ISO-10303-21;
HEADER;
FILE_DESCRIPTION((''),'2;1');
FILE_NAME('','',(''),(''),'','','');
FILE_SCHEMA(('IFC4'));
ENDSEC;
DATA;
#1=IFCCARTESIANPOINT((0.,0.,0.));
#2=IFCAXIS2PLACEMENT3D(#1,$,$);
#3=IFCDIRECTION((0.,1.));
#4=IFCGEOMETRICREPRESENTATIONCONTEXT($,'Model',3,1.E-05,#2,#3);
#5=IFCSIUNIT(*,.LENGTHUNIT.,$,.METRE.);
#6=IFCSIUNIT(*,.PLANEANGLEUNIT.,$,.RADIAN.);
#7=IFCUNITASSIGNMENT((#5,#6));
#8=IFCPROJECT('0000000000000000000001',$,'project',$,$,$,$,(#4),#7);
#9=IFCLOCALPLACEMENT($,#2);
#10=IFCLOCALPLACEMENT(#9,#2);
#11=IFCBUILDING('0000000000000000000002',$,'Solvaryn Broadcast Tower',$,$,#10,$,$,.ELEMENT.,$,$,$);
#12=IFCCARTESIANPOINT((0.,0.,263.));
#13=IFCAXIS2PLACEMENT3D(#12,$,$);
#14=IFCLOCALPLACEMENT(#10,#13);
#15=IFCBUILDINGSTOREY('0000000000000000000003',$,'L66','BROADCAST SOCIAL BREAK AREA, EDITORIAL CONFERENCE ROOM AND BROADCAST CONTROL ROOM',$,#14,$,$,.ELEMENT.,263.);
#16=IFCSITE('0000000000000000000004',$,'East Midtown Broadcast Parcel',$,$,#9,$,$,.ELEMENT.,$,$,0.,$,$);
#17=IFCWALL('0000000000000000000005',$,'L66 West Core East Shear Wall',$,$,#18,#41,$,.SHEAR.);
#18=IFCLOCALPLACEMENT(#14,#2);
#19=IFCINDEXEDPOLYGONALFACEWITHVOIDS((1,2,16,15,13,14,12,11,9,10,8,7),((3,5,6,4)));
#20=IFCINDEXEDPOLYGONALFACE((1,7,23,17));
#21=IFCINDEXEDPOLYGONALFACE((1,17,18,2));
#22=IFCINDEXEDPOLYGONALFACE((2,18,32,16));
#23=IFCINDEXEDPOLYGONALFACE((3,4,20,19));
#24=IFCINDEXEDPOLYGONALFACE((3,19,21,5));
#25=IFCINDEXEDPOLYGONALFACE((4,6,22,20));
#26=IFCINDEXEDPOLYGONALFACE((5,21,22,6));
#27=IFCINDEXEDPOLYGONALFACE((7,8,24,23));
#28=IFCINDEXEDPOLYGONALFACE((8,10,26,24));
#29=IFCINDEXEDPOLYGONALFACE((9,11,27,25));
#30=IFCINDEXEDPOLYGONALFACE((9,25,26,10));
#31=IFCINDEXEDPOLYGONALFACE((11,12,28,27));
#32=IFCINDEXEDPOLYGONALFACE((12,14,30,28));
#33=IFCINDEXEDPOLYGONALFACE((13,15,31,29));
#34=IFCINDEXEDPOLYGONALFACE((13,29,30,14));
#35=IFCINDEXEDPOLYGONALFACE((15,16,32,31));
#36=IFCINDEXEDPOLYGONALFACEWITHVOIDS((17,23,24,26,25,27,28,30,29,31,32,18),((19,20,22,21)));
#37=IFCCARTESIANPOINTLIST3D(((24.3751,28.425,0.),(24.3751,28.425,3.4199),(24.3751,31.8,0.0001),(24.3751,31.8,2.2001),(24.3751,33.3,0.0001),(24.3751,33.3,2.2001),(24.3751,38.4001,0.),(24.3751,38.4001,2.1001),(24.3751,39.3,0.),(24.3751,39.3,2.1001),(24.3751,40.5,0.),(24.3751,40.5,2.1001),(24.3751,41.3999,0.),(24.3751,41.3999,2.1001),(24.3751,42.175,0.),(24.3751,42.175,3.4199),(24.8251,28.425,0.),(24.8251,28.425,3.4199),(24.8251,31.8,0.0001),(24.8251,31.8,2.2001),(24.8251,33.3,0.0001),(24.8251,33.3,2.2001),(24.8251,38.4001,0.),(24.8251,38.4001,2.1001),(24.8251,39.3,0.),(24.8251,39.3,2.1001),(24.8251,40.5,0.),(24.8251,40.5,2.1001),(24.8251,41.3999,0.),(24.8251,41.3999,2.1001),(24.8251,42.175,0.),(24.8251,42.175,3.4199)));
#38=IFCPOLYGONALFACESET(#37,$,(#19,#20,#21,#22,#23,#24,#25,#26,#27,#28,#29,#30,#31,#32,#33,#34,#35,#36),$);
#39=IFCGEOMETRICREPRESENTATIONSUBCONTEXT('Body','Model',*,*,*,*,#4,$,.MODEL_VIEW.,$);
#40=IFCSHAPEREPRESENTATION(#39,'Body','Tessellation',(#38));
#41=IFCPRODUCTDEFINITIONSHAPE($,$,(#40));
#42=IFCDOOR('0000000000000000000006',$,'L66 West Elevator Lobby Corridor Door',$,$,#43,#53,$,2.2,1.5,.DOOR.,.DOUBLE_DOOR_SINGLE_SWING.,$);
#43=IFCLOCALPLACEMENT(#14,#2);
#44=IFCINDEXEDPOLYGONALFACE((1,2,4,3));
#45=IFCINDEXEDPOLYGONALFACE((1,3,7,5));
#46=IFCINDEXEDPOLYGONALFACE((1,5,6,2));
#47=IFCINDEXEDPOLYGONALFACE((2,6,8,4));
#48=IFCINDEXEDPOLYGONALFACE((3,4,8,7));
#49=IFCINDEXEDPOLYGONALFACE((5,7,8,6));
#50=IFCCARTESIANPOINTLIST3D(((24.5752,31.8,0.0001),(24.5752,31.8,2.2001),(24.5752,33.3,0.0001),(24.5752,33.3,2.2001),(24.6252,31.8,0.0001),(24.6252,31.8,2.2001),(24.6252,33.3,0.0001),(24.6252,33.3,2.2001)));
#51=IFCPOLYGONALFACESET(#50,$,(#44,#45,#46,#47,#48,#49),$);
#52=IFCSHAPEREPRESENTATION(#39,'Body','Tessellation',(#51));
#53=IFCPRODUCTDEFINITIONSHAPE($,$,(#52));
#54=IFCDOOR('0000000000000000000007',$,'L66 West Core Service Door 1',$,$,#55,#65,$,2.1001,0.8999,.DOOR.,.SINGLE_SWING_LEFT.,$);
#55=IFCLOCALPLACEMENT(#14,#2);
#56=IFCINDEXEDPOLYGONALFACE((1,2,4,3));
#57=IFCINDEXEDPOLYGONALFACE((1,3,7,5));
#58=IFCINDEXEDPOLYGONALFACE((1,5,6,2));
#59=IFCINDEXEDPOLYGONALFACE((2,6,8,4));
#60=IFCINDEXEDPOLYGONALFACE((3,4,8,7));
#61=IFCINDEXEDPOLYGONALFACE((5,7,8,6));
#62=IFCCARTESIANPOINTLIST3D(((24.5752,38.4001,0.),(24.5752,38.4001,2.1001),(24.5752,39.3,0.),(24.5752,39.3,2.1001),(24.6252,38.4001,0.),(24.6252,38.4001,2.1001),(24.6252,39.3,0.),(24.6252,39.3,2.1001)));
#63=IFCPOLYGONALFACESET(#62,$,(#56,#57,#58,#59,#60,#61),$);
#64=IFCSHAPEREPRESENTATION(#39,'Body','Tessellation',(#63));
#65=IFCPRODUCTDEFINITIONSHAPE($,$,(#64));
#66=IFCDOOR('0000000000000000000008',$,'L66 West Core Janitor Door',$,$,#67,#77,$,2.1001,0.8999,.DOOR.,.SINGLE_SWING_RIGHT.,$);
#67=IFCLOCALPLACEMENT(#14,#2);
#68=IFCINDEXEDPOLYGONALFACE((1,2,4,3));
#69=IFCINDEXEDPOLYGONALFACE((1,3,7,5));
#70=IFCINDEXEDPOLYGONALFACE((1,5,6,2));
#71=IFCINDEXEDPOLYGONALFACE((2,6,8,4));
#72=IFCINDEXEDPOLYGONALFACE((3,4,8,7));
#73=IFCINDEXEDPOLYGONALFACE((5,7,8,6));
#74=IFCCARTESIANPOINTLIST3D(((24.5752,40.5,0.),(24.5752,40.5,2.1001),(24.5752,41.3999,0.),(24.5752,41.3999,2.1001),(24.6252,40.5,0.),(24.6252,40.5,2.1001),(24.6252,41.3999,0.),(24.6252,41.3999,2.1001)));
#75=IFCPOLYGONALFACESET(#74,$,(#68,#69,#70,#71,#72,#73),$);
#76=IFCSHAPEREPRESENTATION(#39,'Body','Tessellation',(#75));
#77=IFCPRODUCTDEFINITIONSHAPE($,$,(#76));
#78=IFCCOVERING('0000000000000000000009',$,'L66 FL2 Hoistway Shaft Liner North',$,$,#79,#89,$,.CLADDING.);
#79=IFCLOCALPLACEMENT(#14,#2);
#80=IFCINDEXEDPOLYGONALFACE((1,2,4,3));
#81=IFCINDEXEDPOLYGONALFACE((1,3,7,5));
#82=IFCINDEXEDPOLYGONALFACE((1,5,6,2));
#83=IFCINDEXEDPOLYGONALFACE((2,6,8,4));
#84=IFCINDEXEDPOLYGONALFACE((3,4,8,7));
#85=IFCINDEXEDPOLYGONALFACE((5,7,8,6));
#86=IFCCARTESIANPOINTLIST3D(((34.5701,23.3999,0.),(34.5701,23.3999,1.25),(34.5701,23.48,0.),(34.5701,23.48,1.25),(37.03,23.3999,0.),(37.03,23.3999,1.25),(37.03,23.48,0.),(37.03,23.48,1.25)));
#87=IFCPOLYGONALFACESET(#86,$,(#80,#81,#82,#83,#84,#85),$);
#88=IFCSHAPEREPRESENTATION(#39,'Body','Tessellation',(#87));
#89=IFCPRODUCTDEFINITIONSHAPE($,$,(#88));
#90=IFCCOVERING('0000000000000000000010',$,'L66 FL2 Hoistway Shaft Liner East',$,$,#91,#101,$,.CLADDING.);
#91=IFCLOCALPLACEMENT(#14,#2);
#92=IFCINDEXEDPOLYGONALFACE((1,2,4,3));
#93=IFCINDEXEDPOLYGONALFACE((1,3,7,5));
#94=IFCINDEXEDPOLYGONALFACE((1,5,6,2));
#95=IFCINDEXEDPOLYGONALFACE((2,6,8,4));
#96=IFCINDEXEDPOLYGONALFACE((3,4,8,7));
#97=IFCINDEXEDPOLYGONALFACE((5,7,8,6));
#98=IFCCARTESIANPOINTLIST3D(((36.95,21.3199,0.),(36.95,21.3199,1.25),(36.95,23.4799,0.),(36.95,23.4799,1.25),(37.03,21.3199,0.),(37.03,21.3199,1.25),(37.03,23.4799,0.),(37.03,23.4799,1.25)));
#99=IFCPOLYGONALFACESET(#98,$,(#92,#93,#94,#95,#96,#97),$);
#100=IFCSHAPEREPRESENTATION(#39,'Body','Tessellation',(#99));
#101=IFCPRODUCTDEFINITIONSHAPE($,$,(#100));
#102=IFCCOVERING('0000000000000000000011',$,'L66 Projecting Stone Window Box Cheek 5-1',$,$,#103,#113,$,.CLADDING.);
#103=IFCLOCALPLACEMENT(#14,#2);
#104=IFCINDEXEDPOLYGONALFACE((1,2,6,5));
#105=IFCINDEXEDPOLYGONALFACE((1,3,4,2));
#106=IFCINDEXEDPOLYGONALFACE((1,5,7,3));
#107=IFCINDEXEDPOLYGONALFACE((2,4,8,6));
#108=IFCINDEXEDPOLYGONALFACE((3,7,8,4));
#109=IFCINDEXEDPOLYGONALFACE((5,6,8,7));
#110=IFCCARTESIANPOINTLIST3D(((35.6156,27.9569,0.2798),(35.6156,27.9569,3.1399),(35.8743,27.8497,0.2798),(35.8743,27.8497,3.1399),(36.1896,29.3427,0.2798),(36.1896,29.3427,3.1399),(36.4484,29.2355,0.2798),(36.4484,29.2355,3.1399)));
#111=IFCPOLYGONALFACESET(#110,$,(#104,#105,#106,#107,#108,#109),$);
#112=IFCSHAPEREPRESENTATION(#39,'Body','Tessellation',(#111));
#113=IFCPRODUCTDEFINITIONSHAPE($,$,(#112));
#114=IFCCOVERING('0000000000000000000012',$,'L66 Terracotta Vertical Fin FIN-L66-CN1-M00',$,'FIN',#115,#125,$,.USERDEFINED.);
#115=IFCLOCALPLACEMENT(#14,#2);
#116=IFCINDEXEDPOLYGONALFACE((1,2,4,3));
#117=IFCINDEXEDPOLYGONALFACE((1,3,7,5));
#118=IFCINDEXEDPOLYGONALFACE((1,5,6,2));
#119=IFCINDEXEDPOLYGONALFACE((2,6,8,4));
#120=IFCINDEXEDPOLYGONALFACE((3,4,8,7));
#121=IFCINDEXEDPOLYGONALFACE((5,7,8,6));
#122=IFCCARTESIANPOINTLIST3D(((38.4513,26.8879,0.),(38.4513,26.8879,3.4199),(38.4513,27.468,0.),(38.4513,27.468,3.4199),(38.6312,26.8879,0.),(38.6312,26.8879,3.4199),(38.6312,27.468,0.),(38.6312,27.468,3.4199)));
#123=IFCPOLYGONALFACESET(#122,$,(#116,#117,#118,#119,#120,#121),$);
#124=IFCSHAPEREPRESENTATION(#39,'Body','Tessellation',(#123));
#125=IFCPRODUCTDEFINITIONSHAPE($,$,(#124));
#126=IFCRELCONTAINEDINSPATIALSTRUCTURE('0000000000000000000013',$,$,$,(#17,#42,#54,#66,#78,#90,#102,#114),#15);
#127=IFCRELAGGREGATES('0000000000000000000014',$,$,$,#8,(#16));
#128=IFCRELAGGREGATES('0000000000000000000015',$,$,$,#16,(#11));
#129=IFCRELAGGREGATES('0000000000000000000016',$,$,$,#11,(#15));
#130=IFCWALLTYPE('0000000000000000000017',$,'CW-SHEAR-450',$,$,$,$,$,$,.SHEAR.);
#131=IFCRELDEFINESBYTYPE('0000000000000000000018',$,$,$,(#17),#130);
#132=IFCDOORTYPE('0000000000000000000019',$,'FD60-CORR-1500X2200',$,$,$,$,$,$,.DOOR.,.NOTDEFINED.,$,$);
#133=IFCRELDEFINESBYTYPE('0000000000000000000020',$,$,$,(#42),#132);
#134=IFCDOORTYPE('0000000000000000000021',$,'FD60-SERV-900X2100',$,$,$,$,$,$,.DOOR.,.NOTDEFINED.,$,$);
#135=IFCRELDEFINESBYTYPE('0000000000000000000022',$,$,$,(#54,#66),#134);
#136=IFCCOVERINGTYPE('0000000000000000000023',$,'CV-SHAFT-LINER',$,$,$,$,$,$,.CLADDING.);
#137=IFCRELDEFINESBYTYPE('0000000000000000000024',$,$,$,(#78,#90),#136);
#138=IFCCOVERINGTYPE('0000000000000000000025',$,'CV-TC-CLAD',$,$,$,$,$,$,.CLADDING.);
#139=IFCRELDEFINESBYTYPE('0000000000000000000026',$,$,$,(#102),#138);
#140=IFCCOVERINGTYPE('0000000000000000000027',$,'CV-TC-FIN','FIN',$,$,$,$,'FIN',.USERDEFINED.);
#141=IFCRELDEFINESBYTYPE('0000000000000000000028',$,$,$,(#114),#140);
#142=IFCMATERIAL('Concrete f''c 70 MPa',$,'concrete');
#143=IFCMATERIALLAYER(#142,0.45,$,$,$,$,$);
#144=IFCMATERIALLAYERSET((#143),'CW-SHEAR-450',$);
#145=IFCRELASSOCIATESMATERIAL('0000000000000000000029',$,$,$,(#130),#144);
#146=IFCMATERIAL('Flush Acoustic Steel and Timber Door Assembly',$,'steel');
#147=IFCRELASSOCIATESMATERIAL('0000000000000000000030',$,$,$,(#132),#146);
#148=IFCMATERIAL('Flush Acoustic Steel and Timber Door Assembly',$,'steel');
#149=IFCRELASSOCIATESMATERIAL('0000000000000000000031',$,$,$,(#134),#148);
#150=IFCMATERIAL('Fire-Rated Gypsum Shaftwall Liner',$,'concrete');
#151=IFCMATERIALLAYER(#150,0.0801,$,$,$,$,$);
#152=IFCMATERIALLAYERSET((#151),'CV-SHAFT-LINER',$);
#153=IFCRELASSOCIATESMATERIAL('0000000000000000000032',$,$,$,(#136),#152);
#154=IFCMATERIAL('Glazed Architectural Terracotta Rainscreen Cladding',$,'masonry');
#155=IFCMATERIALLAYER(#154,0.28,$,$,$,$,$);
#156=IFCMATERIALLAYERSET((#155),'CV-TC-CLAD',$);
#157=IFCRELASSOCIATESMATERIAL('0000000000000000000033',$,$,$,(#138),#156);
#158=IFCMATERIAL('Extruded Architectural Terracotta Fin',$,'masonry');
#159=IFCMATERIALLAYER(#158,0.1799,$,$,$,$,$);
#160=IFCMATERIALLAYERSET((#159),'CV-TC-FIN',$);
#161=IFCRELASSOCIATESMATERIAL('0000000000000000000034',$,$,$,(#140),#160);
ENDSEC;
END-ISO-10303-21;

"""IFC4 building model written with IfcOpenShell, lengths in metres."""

from ifc_helpers import new_model, si_unit, direction, frame, frame_2d, origin, origin_2d, place, context, subcontext, project, spatial, rectangle, extrude, material, layer, layer_set, type_object, element, fill, save


model = new_model("IFC4")

# Units and contexts
model_context = context("Model", 3, precision=1e-05, world=origin(), true_north=direction((0.0, 1.0)))
body_context = subcontext(model_context, "Body", "Model", "MODEL_VIEW")
ifc_project = project(units=[si_unit("LENGTHUNIT", "METRE"), si_unit("PLANEANGLEUNIT", "RADIAN")], contexts=[model_context])

# Site, building, storey
site_placement = place(None, origin())
site = spatial("IfcSite", under=ifc_project, at=site_placement, Name="East Midtown Broadcast Parcel", CompositionType="ELEMENT", RefElevation=0.0)
building_placement = place(site_placement, origin())
building = spatial("IfcBuilding", under=site, at=building_placement, Name="Solvaryn Broadcast Tower", CompositionType="ELEMENT")
storey_placement = place(building_placement, frame((0.0, 0.0, 263.0)))
storey = spatial("IfcBuildingStorey", under=building, at=storey_placement, Name="L66", Description="BROADCAST SOCIAL BREAK AREA, EDITORIAL CONFERENCE ROOM AND BROADCAST CONTROL ROOM", CompositionType="ELEMENT", Elevation=263.0)

# Wall, openings, doors
ifc_material_1 = material(Name="Concrete f'c 70 MPa", Category="concrete")
ifc_layer_1 = layer(ifc_material_1, 0.45)
ifc_layer_set_1 = layer_set([ifc_layer_1], Name="CW-SHEAR-450")
wall_type = type_object("IfcWallType", Name="CW-SHEAR-450", PredefinedType="SHEAR", material=ifc_layer_set_1)
wall_1_placement = place(storey_placement, frame((24.6001, 28.425, 0.0), z_axis=(0.0, 0.0, 1.0), x_axis=(0.0, 1.0, 0.0)))
wall_1 = element("IfcWall", 1, at=wall_1_placement, inside=storey, type_object=wall_type, Name="L66 West Core East Shear Wall", PredefinedType="SHEAR", context=body_context, shape_type="SweptSolid", body=[
    extrude(rectangle(XDim=13.75, YDim=0.45, at=frame_2d((6.875, 0.0))), origin(), (0.0, 0.0, 1.0), 3.4199),
])
opening_1_placement = place(wall_1_placement, frame((3.375, 0.0, 0.0)))
opening_1 = element("IfcOpeningElement", 2, at=opening_1_placement, cuts=wall_1, PredefinedType="OPENING", context=body_context, shape_type="SweptSolid", body=[
    extrude(rectangle(XDim=1.5, YDim=2.2, at=frame_2d((0.75, 1.1001))), frame((0.0, 0.2351, 0.0), z_axis=(0.0, -1.0, 0.0), x_axis=(1.0, 0.0, 0.0)), (0.0, 0.0, 1.0), 0.47),
])
opening_2_placement = place(wall_1_placement, frame((9.9751, 0.0, 0.0)))
opening_2 = element("IfcOpeningElement", 3, at=opening_2_placement, cuts=wall_1, PredefinedType="OPENING", context=body_context, shape_type="SweptSolid", body=[
    extrude(rectangle(XDim=0.8999, YDim=2.1001, at=frame_2d((0.45, 1.05))), frame((0.0, 0.2351, 0.0), z_axis=(0.0, -1.0, 0.0), x_axis=(1.0, 0.0, 0.0)), (0.0, 0.0, 1.0), 0.47),
])
opening_3_placement = place(wall_1_placement, frame((12.075, 0.0, 0.0)))
opening_3 = element("IfcOpeningElement", 4, at=opening_3_placement, cuts=wall_1, PredefinedType="OPENING", context=body_context, shape_type="SweptSolid", body=[
    extrude(rectangle(XDim=0.8999, YDim=2.1001, at=frame_2d((0.45, 1.05))), frame((0.0, 0.2351, 0.0), z_axis=(0.0, -1.0, 0.0), x_axis=(1.0, 0.0, 0.0)), (0.0, 0.0, 1.0), 0.47),
])
ifc_material_2 = material(Name="Flush Acoustic Steel and Timber Door Assembly", Category="steel")
door_type_1 = type_object("IfcDoorType", Name="FD60-CORR-1500X2200", OperationType="NOTDEFINED", PredefinedType="DOOR", material=ifc_material_2)
door_1_placement = place(opening_1_placement, origin())
door_1 = element("IfcDoor", 5, at=door_1_placement, inside=storey, type_object=door_type_1, Name="L66 West Elevator Lobby Corridor Door", OperationType="DOUBLE_DOOR_SINGLE_SWING", OverallHeight=2.2, OverallWidth=1.5, PredefinedType="DOOR", context=body_context, shape_type="SweptSolid", body=[
    extrude(rectangle(XDim=1.5, YDim=2.2, at=frame_2d((0.75, 1.1001))), frame((0.0, 0.0249, 0.0), z_axis=(0.0, -1.0, 0.0), x_axis=(1.0, 0.0, 0.0)), (0.0, 0.0, 1.0), 0.05),
])
fill(opening_1, door_1)
ifc_material_3 = material(Name="Flush Acoustic Steel and Timber Door Assembly", Category="steel")
door_type_2 = type_object("IfcDoorType", Name="FD60-SERV-900X2100", OperationType="NOTDEFINED", PredefinedType="DOOR", material=ifc_material_3)
door_2_placement = place(opening_2_placement, origin())
door_2 = element("IfcDoor", 6, at=door_2_placement, inside=storey, type_object=door_type_2, Name="L66 West Core Service Door 1", OperationType="SINGLE_SWING_LEFT", OverallHeight=2.1001, OverallWidth=0.8999, PredefinedType="DOOR", context=body_context, shape_type="SweptSolid", body=[
    extrude(rectangle(XDim=0.8999, YDim=2.1001, at=frame_2d((0.45, 1.05))), frame((0.0, 0.0249, 0.0), z_axis=(0.0, -1.0, 0.0), x_axis=(1.0, 0.0, 0.0)), (0.0, 0.0, 1.0), 0.05),
])
fill(opening_2, door_2)
door_3_placement = place(opening_3_placement, origin())
door_3 = element("IfcDoor", 7, at=door_3_placement, inside=storey, type_object=door_type_2, Name="L66 West Core Janitor Door", OperationType="SINGLE_SWING_RIGHT", OverallHeight=2.1001, OverallWidth=0.8999, PredefinedType="DOOR", context=body_context, shape_type="SweptSolid", body=[
    extrude(rectangle(XDim=0.8999, YDim=2.1001, at=frame_2d((0.45, 1.05))), frame((0.0, 0.0249, 0.0), z_axis=(0.0, -1.0, 0.0), x_axis=(1.0, 0.0, 0.0)), (0.0, 0.0, 1.0), 0.05),
])
fill(opening_3, door_3)

# Coverings
ifc_material_4 = material(Name="Fire-Rated Gypsum Shaftwall Liner", Category="concrete")
ifc_layer_2 = layer(ifc_material_4, 0.0801)
ifc_layer_set_2 = layer_set([ifc_layer_2], Name="CV-SHAFT-LINER")
covering_type_1 = type_object("IfcCoveringType", Name="CV-SHAFT-LINER", PredefinedType="CLADDING", material=ifc_layer_set_2)
covering_1_placement = place(storey_placement, frame((35.8, 23.4399, 0.0), z_axis=(0.0, 0.0, 1.0), x_axis=(1.0, 0.0, 0.0)))
element("IfcCovering", 8, at=covering_1_placement, inside=storey, type_object=covering_type_1, Name="L66 FL2 Hoistway Shaft Liner North", PredefinedType="CLADDING", context=body_context, shape_type="SweptSolid", body=[
    extrude(rectangle(XDim=2.46, YDim=0.0801, at=origin_2d()), origin(), (0.0, 0.0, 1.0), 1.25),
])
covering_2_placement = place(storey_placement, frame((36.99, 22.3999, 0.0), z_axis=(0.0, 0.0, 1.0), x_axis=(1.0, 0.0, 0.0)))
element("IfcCovering", 9, at=covering_2_placement, inside=storey, type_object=covering_type_1, Name="L66 FL2 Hoistway Shaft Liner East", PredefinedType="CLADDING", context=body_context, shape_type="SweptSolid", body=[
    extrude(rectangle(XDim=0.0801, YDim=2.1599, at=origin_2d()), origin(), (0.0, 0.0, 1.0), 1.25),
])
ifc_material_5 = material(Name="Glazed Architectural Terracotta Rainscreen Cladding", Category="masonry")
ifc_layer_3 = layer(ifc_material_5, 0.28)
ifc_layer_set_3 = layer_set([ifc_layer_3], Name="CV-TC-CLAD")
covering_type_2 = type_object("IfcCoveringType", Name="CV-TC-CLAD", PredefinedType="CLADDING", material=ifc_layer_set_3)
covering_3_placement = place(storey_placement, frame((36.032, 28.5962, 0.2798), z_axis=(0.0, 0.0, 1.0), x_axis=(-0.92388, 0.382683, 0.0)))
element("IfcCovering", 10, at=covering_3_placement, inside=storey, type_object=covering_type_2, Name="L66 Projecting Stone Window Box Cheek 5-1", PredefinedType="CLADDING", context=body_context, shape_type="SweptSolid", body=[
    extrude(rectangle(XDim=0.28, YDim=1.5, at=origin_2d()), origin(), (0.0, 0.0, 1.0), 2.8601),
])
ifc_material_6 = material(Name="Extruded Architectural Terracotta Fin", Category="masonry")
ifc_layer_4 = layer(ifc_material_6, 0.1799)
ifc_layer_set_4 = layer_set([ifc_layer_4], Name="CV-TC-FIN")
covering_type_3 = type_object("IfcCoveringType", Name="CV-TC-FIN", Description="FIN", ElementType="FIN", PredefinedType="USERDEFINED", material=ifc_layer_set_4)
covering_4_placement = place(storey_placement, frame((38.5413, 27.178, 0.0), z_axis=(0.0, 0.0, 1.0), x_axis=(1.0, 0.0, 0.0)))
element("IfcCovering", 11, at=covering_4_placement, inside=storey, type_object=covering_type_3, Name="L66 Terracotta Vertical Fin FIN-L66-CN1-M00", ObjectType="FIN", PredefinedType="USERDEFINED", context=body_context, shape_type="SweptSolid", body=[
    extrude(rectangle(XDim=0.1799, YDim=0.5801, at=origin_2d()), origin(), (0.0, 0.0, 1.0), 3.4199),
])

save(model, "model.ifc")
